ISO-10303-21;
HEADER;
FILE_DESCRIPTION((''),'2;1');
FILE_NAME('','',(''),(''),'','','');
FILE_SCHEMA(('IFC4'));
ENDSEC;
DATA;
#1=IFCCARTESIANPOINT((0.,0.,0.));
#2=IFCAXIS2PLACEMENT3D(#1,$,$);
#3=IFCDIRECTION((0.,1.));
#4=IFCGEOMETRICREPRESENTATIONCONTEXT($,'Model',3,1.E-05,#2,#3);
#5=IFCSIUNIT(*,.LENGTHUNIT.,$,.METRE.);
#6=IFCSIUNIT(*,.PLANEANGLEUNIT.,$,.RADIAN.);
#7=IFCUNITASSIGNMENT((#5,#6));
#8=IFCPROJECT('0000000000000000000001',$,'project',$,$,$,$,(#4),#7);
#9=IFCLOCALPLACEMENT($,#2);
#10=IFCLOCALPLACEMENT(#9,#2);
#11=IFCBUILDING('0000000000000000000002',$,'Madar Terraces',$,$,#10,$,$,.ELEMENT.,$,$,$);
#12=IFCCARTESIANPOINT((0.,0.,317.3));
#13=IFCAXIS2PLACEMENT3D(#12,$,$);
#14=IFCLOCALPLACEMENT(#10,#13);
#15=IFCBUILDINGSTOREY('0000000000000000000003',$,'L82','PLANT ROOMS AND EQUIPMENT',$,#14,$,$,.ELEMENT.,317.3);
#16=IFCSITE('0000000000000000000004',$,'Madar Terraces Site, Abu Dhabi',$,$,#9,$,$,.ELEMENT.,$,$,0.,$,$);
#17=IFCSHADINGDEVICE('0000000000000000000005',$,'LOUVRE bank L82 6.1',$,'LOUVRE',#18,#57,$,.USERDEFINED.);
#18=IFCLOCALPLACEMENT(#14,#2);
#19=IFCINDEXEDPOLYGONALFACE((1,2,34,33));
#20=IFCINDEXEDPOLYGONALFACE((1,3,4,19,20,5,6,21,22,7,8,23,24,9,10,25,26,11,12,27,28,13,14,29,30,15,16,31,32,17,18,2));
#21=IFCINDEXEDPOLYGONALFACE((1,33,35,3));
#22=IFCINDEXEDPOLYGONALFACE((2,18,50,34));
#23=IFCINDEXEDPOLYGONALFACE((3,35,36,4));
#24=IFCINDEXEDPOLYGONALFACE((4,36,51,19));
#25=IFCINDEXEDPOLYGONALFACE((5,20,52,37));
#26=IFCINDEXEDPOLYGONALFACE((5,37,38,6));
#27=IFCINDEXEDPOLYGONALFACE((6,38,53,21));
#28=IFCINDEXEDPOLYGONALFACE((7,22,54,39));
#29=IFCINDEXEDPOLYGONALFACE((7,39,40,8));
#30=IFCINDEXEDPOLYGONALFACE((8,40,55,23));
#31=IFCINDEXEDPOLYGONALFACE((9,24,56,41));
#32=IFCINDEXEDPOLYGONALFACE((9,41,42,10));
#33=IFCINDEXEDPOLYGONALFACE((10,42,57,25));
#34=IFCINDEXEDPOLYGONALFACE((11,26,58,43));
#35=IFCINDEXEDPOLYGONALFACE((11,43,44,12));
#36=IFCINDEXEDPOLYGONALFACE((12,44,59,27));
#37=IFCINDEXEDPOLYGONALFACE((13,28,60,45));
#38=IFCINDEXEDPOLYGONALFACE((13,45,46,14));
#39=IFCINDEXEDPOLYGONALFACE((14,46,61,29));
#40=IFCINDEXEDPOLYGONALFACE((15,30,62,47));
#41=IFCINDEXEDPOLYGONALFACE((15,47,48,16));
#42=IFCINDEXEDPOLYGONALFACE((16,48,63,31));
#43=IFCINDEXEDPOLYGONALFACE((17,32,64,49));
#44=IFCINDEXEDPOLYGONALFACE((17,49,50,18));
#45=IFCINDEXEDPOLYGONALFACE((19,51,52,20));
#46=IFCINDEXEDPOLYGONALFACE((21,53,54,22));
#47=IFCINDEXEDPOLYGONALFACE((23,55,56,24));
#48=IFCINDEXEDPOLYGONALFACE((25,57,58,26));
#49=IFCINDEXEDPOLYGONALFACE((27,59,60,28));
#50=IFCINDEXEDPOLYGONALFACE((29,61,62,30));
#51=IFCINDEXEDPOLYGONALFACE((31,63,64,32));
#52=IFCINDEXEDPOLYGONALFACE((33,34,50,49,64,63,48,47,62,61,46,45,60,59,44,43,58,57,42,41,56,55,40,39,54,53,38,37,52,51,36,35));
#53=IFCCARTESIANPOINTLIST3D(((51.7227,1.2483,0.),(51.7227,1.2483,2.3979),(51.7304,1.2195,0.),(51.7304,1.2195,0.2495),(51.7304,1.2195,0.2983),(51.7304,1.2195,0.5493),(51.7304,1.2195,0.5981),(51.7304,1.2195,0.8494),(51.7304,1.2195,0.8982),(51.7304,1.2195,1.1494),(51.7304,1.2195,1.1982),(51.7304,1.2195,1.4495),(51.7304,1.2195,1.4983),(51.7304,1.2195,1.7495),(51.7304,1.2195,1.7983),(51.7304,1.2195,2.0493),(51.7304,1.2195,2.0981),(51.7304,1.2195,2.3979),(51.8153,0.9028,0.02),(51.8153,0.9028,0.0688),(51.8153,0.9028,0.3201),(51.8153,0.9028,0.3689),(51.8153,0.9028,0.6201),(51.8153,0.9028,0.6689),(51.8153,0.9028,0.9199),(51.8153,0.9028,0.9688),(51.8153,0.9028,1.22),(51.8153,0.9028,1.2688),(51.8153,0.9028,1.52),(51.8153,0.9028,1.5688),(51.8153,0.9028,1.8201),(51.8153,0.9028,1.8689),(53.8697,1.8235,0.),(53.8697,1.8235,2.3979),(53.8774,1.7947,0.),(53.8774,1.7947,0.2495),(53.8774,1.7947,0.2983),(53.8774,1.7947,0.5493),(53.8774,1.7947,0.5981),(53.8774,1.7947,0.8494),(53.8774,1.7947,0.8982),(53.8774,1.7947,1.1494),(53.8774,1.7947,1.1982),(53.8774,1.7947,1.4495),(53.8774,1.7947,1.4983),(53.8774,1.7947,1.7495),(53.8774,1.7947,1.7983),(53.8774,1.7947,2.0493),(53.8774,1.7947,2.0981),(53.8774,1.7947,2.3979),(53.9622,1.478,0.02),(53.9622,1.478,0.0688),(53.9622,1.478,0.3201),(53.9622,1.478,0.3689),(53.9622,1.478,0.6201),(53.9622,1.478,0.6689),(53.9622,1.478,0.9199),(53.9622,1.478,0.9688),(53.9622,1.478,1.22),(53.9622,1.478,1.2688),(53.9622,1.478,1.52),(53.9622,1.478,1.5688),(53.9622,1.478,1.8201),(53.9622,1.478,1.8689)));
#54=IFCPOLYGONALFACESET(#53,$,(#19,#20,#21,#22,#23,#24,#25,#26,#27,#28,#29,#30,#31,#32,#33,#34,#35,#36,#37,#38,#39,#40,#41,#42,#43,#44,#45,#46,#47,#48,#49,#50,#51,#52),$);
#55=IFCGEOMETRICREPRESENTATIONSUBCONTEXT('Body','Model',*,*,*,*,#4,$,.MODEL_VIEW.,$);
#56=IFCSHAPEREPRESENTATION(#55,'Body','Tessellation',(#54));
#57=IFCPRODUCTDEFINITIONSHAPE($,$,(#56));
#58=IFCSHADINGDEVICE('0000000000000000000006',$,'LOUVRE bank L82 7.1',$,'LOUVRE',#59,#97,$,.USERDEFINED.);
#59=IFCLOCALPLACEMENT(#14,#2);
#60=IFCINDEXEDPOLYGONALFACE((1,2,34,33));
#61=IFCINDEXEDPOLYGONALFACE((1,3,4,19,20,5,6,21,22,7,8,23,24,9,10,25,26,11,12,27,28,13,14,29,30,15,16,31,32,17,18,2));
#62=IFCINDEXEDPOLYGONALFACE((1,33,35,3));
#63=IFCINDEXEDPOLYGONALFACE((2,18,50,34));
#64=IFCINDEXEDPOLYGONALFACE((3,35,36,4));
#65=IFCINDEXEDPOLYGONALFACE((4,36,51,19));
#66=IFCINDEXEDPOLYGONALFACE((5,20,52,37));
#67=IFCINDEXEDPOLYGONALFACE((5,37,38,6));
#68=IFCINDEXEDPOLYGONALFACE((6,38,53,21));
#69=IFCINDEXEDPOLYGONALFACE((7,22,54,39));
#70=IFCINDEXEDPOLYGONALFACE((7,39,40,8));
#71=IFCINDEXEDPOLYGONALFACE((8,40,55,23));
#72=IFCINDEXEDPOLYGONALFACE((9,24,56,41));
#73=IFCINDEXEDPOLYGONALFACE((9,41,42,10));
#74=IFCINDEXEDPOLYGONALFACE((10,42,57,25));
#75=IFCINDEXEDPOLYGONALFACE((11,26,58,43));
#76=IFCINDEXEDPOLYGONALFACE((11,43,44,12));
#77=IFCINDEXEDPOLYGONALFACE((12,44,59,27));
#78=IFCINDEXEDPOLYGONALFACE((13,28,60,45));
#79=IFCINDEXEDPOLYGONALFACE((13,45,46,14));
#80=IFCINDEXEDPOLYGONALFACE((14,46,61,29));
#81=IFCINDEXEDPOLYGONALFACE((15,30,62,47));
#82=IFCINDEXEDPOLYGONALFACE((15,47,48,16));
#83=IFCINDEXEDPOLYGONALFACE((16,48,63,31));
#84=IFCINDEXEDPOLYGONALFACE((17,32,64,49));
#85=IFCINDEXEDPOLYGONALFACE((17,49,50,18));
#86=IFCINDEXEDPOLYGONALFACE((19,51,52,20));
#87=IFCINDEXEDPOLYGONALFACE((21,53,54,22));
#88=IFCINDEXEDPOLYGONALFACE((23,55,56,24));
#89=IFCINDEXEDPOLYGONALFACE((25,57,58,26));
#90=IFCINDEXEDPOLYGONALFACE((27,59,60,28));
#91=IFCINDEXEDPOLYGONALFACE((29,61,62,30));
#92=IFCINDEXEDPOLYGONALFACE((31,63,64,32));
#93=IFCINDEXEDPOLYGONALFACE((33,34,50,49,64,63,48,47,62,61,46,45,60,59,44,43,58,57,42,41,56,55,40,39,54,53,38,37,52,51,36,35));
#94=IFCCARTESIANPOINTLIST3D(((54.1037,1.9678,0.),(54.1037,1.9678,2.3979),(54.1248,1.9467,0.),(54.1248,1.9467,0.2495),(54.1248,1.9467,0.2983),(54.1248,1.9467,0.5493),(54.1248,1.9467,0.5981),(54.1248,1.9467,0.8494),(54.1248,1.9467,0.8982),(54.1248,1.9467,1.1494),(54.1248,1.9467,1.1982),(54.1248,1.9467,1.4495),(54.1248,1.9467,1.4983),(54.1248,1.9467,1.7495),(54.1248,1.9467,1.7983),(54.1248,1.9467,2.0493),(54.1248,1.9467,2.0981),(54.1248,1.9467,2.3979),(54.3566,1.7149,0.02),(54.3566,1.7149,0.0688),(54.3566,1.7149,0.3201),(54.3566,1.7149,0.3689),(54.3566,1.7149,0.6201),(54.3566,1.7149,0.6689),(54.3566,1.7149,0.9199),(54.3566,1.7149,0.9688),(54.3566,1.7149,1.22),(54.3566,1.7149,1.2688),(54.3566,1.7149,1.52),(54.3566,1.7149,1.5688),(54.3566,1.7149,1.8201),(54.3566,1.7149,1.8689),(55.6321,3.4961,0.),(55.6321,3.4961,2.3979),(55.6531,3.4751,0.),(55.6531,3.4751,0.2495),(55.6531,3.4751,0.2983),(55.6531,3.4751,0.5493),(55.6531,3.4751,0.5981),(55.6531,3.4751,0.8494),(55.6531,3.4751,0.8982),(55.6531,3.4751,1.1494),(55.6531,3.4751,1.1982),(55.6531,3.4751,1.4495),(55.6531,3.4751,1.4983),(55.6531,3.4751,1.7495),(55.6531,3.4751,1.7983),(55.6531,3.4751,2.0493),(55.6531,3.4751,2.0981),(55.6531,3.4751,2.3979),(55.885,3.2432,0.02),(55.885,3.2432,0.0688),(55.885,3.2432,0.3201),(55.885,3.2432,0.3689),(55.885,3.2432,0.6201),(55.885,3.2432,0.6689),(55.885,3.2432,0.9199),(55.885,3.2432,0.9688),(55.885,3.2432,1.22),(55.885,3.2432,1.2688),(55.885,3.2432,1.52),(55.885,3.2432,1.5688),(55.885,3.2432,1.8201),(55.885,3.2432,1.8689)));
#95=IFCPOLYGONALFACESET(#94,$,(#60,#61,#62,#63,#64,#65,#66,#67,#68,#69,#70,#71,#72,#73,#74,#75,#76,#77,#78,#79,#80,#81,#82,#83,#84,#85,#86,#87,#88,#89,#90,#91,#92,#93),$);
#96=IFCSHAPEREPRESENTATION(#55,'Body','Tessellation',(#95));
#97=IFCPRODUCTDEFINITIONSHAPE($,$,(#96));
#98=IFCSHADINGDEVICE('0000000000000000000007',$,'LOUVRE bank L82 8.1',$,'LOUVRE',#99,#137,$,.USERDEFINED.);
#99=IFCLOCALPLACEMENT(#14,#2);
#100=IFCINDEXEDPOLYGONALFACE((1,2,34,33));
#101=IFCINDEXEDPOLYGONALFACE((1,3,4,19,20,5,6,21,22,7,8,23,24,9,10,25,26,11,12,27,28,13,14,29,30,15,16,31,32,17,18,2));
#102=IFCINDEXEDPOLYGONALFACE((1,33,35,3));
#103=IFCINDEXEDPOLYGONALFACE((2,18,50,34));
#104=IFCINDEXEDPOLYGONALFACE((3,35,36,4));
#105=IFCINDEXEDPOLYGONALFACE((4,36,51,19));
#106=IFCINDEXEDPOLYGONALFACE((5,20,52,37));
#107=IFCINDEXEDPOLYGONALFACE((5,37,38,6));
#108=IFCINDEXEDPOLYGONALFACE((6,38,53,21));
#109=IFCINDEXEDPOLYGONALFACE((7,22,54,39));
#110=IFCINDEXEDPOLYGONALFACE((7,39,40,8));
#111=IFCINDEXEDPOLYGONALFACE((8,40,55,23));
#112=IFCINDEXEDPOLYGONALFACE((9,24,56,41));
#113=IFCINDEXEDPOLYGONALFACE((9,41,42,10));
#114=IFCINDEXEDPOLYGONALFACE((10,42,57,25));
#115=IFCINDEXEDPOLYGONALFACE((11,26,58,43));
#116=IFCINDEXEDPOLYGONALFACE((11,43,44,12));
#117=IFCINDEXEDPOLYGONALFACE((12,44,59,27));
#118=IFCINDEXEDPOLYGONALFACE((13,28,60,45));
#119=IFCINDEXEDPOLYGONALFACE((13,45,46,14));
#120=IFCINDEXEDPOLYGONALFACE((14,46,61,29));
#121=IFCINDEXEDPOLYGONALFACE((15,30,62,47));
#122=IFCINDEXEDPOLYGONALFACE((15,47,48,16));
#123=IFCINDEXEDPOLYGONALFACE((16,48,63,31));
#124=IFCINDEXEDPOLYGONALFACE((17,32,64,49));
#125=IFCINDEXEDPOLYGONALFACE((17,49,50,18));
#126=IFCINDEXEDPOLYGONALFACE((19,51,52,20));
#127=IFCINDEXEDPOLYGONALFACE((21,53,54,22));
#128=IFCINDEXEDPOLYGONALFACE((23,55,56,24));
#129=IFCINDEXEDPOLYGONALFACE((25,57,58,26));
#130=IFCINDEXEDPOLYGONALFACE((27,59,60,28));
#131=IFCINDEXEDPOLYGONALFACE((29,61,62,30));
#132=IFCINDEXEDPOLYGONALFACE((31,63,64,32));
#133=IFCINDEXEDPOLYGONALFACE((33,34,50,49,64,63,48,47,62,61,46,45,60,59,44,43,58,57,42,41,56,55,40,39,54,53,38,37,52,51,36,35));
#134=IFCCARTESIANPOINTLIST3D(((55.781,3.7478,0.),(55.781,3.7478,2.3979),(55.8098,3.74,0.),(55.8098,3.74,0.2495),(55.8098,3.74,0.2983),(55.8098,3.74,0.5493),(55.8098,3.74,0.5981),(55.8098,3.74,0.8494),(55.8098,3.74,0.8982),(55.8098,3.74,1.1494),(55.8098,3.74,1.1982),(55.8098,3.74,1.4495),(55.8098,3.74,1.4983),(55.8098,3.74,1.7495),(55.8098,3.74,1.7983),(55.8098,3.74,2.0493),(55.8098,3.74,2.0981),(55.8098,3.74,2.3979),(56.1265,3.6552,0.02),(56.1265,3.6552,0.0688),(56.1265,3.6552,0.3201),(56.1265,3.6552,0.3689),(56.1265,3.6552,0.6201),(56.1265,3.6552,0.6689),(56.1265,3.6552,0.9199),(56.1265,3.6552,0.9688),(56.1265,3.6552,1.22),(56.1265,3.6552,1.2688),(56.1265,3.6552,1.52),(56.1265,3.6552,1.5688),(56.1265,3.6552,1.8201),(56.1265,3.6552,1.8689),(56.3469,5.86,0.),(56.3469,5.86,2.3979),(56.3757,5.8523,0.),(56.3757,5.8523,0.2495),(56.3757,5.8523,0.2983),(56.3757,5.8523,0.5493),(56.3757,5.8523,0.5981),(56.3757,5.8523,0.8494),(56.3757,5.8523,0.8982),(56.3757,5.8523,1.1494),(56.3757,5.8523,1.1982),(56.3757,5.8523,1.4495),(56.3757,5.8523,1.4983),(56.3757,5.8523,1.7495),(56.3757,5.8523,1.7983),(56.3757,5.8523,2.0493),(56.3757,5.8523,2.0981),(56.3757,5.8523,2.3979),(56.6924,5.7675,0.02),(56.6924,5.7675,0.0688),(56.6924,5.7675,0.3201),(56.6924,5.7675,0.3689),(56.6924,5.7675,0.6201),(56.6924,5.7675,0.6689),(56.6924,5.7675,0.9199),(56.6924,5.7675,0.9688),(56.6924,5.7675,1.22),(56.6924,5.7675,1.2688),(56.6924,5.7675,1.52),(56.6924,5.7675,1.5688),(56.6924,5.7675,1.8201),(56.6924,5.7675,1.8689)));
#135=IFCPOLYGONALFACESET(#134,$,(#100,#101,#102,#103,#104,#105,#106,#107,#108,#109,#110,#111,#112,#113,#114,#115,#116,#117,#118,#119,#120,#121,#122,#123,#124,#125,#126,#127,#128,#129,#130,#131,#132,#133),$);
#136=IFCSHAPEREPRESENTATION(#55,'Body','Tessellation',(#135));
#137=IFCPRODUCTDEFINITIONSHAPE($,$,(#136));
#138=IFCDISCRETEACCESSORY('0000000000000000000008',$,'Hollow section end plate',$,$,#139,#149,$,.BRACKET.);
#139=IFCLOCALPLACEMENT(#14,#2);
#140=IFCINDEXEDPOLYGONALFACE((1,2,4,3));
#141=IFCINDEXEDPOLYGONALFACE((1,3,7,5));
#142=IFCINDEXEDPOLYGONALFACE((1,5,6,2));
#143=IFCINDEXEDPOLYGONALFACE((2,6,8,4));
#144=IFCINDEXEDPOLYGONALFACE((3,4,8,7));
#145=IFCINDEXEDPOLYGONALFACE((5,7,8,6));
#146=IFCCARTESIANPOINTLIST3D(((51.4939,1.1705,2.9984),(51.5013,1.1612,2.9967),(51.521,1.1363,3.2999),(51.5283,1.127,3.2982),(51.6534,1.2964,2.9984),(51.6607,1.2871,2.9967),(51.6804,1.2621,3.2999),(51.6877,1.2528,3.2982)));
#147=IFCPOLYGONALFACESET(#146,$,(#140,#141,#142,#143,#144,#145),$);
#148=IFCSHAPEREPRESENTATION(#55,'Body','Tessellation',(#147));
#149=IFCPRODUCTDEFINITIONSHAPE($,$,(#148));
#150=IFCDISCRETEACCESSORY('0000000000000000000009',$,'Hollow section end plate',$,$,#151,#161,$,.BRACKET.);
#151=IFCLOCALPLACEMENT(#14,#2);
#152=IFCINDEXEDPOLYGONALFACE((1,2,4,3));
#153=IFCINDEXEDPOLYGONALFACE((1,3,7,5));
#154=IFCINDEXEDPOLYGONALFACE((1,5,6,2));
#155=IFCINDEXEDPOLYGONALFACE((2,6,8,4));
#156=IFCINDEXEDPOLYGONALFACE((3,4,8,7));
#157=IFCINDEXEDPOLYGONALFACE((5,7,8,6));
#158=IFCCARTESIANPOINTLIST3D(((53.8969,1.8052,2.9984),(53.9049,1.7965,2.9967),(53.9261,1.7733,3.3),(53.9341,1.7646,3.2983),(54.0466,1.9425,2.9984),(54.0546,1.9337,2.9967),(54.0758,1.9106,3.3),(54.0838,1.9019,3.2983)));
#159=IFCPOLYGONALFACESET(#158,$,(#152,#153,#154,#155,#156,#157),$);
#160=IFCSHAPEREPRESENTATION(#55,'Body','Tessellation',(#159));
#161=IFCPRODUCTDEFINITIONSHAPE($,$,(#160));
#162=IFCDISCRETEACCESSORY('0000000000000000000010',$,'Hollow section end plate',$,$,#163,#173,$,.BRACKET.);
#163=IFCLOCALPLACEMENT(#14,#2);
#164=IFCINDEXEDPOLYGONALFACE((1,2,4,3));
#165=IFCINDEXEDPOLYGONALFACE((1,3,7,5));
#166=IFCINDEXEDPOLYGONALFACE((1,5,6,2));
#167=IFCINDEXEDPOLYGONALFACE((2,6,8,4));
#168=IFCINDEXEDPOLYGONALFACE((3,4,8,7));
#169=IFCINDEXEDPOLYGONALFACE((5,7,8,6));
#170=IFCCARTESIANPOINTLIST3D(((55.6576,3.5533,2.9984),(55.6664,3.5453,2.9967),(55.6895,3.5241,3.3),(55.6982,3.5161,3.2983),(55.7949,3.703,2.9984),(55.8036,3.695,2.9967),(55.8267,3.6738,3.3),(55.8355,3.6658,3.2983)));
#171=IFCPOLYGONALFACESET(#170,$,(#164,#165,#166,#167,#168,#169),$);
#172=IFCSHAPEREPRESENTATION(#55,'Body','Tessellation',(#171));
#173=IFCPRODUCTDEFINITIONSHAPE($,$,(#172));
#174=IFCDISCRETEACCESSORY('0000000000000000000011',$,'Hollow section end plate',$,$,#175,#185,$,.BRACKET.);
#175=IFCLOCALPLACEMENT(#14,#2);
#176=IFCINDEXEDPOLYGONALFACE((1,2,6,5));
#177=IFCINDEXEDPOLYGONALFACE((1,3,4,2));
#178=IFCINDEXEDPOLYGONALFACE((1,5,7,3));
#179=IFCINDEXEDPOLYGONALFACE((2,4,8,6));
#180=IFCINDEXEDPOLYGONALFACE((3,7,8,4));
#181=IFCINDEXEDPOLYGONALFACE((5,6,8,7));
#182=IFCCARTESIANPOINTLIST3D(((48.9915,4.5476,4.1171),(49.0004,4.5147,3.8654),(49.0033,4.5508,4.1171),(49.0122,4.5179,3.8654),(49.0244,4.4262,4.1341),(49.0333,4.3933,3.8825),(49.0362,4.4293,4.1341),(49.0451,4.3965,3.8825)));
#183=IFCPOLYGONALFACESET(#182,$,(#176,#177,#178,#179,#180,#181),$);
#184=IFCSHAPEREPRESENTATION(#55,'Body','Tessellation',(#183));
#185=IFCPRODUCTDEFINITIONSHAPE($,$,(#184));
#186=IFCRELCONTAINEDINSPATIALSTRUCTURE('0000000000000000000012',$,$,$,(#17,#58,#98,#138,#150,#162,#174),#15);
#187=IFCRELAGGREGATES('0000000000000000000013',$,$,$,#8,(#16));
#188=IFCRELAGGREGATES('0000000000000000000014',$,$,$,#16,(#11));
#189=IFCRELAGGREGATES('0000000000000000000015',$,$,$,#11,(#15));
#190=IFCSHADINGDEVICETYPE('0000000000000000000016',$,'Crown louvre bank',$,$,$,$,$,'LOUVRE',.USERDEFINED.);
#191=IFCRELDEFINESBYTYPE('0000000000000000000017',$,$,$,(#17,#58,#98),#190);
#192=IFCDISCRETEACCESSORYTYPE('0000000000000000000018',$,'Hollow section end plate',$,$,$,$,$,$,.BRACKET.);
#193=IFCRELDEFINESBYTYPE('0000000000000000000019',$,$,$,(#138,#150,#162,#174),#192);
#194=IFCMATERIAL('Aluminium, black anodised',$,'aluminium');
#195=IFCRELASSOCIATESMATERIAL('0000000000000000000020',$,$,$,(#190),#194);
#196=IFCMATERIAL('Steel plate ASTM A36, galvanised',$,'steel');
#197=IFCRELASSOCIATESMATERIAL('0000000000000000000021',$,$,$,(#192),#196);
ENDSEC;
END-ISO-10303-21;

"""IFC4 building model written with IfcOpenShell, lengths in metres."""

from ifc_helpers import new_model, si_unit, direction, frame, origin, origin_2d, place, context, subcontext, project, spatial, polyline, rectangle, outline, extrude, material, type_object, element, save


model = new_model("IFC4")

# Units and contexts
model_context = context("Model", 3, precision=1e-05, world=origin(), true_north=direction((0.0, 1.0)))
body_context = subcontext(model_context, "Body", "Model", "MODEL_VIEW")
ifc_project = project(units=[si_unit("LENGTHUNIT", "METRE"), si_unit("PLANEANGLEUNIT", "RADIAN")], contexts=[model_context])

# Site, building, storey
site_placement = place(None, origin())
site = spatial("IfcSite", under=ifc_project, at=site_placement, Name="Madar Terraces Site, Abu Dhabi", CompositionType="ELEMENT", RefElevation=0.0)
building_placement = place(site_placement, origin())
building = spatial("IfcBuilding", under=site, at=building_placement, Name="Madar Terraces", CompositionType="ELEMENT")
storey_placement = place(building_placement, frame((0.0, 0.0, 317.3)))
storey = spatial("IfcBuildingStorey", under=building, at=storey_placement, Name="L82", Description="PLANT ROOMS AND EQUIPMENT", CompositionType="ELEMENT", Elevation=317.3)

# Shading devices
ifc_material_1 = material(Name="Aluminium, black anodised", Category="aluminium")
shading_device_type = type_object("IfcShadingDeviceType", Name="Crown louvre bank", ElementType="LOUVRE", PredefinedType="USERDEFINED", material=ifc_material_1)
shading_device_1_placement = place(storey_placement, frame((51.7266, 1.2339, 0.0), z_axis=(0.965935, 0.258784, 0.0), x_axis=(-0.258784, 0.965935, 0.0)))
element("IfcShadingDevice", 1, at=shading_device_1_placement, inside=storey, type_object=shading_device_type, Name="LOUVRE bank L82 6.1", ObjectType="LOUVRE", PredefinedType="USERDEFINED", context=body_context, shape_type="SweptSolid", body=[
    extrude(outline(polyline([(0.0149, 0.0), (-0.0149, 0.0), (-0.0149, 0.2495), (-0.3428, 0.02), (-0.3428, 0.0688), (-0.0149, 0.2983), (-0.0149, 0.5493), (-0.3428, 0.3201), (-0.3428, 0.3689), (-0.0149, 0.5981), (-0.0149, 0.8494), (-0.3428, 0.6201), (-0.3428, 0.6689), (-0.0149, 0.8982), (-0.0149, 1.1494), (-0.3428, 0.9199), (-0.3428, 0.9688), (-0.0149, 1.1982), (-0.0149, 1.4495), (-0.3428, 1.22), (-0.3428, 1.2688), (-0.0149, 1.4983), (-0.0149, 1.7495), (-0.3428, 1.52), (-0.3428, 1.5688), (-0.0149, 1.7983), (-0.0149, 2.0493), (-0.3428, 1.8201), (-0.3428, 1.8689), (-0.0149, 2.0981), (-0.0149, 2.3979), (0.0149, 2.3979), (0.0149, 0.0)])), origin(), (0.0, 0.0, 1.0), 2.2227),
])
shading_device_2_placement = place(storey_placement, frame((54.1143, 1.9573, 0.0), z_axis=(0.707107, 0.707107, 0.0), x_axis=(-0.707107, 0.707107, 0.0)))
element("IfcShadingDevice", 2, at=shading_device_2_placement, inside=storey, type_object=shading_device_type, Name="LOUVRE bank L82 7.1", ObjectType="LOUVRE", PredefinedType="USERDEFINED", context=body_context, shape_type="SweptSolid", body=[
    extrude(outline(polyline([(0.0149, 0.0), (-0.0149, 0.0), (-0.0149, 0.2495), (-0.3428, 0.02), (-0.3428, 0.0688), (-0.0149, 0.2983), (-0.0149, 0.5493), (-0.3428, 0.3201), (-0.3428, 0.3689), (-0.0149, 0.5981), (-0.0149, 0.8494), (-0.3428, 0.6201), (-0.3428, 0.6689), (-0.0149, 0.8982), (-0.0149, 1.1494), (-0.3428, 0.9199), (-0.3428, 0.9688), (-0.0149, 1.1982), (-0.0149, 1.4495), (-0.3428, 1.22), (-0.3428, 1.2688), (-0.0149, 1.4983), (-0.0149, 1.7495), (-0.3428, 1.52), (-0.3428, 1.5688), (-0.0149, 1.7983), (-0.0149, 2.0493), (-0.3428, 1.8201), (-0.3428, 1.8689), (-0.0149, 2.0981), (-0.0149, 2.3979), (0.0149, 2.3979), (0.0149, 0.0)])), origin(), (0.0, 0.0, 1.0), 2.1614),
])
shading_device_3_placement = place(storey_placement, frame((55.7954, 3.7439, 0.0), z_axis=(0.258788, 0.965934, 0.0), x_axis=(-0.965934, 0.258788, 0.0)))
element("IfcShadingDevice", 3, at=shading_device_3_placement, inside=storey, type_object=shading_device_type, Name="LOUVRE bank L82 8.1", ObjectType="LOUVRE", PredefinedType="USERDEFINED", context=body_context, shape_type="SweptSolid", body=[
    extrude(outline(polyline([(0.0149, 0.0), (-0.0149, 0.0), (-0.0149, 0.2495), (-0.3428, 0.02), (-0.3428, 0.0688), (-0.0149, 0.2983), (-0.0149, 0.5493), (-0.3428, 0.3201), (-0.3428, 0.3689), (-0.0149, 0.5981), (-0.0149, 0.8494), (-0.3428, 0.6201), (-0.3428, 0.6689), (-0.0149, 0.8982), (-0.0149, 1.1494), (-0.3428, 0.9199), (-0.3428, 0.9688), (-0.0149, 1.1982), (-0.0149, 1.4495), (-0.3428, 1.22), (-0.3428, 1.2688), (-0.0149, 1.4983), (-0.0149, 1.7495), (-0.3428, 1.52), (-0.3428, 1.5688), (-0.0149, 1.7983), (-0.0149, 2.0493), (-0.3428, 1.8201), (-0.3428, 1.8689), (-0.0149, 2.0981), (-0.0149, 2.3979), (0.0149, 2.3979), (0.0149, 0.0)])), origin(), (0.0, 0.0, 1.0), 2.1868),
])

# Discrete accessories
ifc_material_2 = material(Name="Steel plate ASTM A36, galvanised", Category="steel")
discrete_accessory_type_1 = type_object("IfcDiscreteAccessoryType", Name="Hollow section end plate", PredefinedType="BRACKET", material=ifc_material_2)
for number, where, z_axis, x_axis, name in (
    (4, (51.5872, 1.2163, 3.1492), (0.613267, -0.776805, -0.143096), (0.784883, 0.619644, 0.0), "Hollow section end plate"),
    (5, (53.9863, 1.8579, 3.1492), (0.668888, -0.729696, -0.141885), (0.737154, 0.675725, 0.0), "Hollow section end plate"),
    (6, (55.7422, 3.6135, 3.1492), (0.729696, -0.668888, -0.141885), (0.675725, 0.737154, 0.0), "Hollow section end plate"),
):
    element("IfcDiscreteAccessory", number, at=place(storey_placement, frame(where, z_axis=z_axis, x_axis=x_axis)), inside=storey, type_object=discrete_accessory_type_1, Name=name, PredefinedType="BRACKET", context=body_context, shape_type="SweptSolid", body=[
        extrude(rectangle(XDim=0.2031, YDim=0.3047, at=origin_2d()), origin(), (0.0, 0.0, 1.0), 0.012),
    ])
discrete_accessory_1_placement = place(storey_placement, frame((49.0242, 4.4736, 3.9998), z_axis=(-0.965226, -0.261415, 0.0), x_axis=(0.259055, -0.95651, 0.134086)))
element("IfcDiscreteAccessory", 7, at=discrete_accessory_1_placement, inside=storey, type_object=discrete_accessory_type_1, Name="Hollow section end plate", PredefinedType="BRACKET", context=body_context, shape_type="SweptSolid", body=[
    extrude(rectangle(XDim=0.127, YDim=0.2539, at=origin_2d()), origin(), (0.0, 0.0, 1.0), 0.0122),
])

save(model, "model.ifc")
